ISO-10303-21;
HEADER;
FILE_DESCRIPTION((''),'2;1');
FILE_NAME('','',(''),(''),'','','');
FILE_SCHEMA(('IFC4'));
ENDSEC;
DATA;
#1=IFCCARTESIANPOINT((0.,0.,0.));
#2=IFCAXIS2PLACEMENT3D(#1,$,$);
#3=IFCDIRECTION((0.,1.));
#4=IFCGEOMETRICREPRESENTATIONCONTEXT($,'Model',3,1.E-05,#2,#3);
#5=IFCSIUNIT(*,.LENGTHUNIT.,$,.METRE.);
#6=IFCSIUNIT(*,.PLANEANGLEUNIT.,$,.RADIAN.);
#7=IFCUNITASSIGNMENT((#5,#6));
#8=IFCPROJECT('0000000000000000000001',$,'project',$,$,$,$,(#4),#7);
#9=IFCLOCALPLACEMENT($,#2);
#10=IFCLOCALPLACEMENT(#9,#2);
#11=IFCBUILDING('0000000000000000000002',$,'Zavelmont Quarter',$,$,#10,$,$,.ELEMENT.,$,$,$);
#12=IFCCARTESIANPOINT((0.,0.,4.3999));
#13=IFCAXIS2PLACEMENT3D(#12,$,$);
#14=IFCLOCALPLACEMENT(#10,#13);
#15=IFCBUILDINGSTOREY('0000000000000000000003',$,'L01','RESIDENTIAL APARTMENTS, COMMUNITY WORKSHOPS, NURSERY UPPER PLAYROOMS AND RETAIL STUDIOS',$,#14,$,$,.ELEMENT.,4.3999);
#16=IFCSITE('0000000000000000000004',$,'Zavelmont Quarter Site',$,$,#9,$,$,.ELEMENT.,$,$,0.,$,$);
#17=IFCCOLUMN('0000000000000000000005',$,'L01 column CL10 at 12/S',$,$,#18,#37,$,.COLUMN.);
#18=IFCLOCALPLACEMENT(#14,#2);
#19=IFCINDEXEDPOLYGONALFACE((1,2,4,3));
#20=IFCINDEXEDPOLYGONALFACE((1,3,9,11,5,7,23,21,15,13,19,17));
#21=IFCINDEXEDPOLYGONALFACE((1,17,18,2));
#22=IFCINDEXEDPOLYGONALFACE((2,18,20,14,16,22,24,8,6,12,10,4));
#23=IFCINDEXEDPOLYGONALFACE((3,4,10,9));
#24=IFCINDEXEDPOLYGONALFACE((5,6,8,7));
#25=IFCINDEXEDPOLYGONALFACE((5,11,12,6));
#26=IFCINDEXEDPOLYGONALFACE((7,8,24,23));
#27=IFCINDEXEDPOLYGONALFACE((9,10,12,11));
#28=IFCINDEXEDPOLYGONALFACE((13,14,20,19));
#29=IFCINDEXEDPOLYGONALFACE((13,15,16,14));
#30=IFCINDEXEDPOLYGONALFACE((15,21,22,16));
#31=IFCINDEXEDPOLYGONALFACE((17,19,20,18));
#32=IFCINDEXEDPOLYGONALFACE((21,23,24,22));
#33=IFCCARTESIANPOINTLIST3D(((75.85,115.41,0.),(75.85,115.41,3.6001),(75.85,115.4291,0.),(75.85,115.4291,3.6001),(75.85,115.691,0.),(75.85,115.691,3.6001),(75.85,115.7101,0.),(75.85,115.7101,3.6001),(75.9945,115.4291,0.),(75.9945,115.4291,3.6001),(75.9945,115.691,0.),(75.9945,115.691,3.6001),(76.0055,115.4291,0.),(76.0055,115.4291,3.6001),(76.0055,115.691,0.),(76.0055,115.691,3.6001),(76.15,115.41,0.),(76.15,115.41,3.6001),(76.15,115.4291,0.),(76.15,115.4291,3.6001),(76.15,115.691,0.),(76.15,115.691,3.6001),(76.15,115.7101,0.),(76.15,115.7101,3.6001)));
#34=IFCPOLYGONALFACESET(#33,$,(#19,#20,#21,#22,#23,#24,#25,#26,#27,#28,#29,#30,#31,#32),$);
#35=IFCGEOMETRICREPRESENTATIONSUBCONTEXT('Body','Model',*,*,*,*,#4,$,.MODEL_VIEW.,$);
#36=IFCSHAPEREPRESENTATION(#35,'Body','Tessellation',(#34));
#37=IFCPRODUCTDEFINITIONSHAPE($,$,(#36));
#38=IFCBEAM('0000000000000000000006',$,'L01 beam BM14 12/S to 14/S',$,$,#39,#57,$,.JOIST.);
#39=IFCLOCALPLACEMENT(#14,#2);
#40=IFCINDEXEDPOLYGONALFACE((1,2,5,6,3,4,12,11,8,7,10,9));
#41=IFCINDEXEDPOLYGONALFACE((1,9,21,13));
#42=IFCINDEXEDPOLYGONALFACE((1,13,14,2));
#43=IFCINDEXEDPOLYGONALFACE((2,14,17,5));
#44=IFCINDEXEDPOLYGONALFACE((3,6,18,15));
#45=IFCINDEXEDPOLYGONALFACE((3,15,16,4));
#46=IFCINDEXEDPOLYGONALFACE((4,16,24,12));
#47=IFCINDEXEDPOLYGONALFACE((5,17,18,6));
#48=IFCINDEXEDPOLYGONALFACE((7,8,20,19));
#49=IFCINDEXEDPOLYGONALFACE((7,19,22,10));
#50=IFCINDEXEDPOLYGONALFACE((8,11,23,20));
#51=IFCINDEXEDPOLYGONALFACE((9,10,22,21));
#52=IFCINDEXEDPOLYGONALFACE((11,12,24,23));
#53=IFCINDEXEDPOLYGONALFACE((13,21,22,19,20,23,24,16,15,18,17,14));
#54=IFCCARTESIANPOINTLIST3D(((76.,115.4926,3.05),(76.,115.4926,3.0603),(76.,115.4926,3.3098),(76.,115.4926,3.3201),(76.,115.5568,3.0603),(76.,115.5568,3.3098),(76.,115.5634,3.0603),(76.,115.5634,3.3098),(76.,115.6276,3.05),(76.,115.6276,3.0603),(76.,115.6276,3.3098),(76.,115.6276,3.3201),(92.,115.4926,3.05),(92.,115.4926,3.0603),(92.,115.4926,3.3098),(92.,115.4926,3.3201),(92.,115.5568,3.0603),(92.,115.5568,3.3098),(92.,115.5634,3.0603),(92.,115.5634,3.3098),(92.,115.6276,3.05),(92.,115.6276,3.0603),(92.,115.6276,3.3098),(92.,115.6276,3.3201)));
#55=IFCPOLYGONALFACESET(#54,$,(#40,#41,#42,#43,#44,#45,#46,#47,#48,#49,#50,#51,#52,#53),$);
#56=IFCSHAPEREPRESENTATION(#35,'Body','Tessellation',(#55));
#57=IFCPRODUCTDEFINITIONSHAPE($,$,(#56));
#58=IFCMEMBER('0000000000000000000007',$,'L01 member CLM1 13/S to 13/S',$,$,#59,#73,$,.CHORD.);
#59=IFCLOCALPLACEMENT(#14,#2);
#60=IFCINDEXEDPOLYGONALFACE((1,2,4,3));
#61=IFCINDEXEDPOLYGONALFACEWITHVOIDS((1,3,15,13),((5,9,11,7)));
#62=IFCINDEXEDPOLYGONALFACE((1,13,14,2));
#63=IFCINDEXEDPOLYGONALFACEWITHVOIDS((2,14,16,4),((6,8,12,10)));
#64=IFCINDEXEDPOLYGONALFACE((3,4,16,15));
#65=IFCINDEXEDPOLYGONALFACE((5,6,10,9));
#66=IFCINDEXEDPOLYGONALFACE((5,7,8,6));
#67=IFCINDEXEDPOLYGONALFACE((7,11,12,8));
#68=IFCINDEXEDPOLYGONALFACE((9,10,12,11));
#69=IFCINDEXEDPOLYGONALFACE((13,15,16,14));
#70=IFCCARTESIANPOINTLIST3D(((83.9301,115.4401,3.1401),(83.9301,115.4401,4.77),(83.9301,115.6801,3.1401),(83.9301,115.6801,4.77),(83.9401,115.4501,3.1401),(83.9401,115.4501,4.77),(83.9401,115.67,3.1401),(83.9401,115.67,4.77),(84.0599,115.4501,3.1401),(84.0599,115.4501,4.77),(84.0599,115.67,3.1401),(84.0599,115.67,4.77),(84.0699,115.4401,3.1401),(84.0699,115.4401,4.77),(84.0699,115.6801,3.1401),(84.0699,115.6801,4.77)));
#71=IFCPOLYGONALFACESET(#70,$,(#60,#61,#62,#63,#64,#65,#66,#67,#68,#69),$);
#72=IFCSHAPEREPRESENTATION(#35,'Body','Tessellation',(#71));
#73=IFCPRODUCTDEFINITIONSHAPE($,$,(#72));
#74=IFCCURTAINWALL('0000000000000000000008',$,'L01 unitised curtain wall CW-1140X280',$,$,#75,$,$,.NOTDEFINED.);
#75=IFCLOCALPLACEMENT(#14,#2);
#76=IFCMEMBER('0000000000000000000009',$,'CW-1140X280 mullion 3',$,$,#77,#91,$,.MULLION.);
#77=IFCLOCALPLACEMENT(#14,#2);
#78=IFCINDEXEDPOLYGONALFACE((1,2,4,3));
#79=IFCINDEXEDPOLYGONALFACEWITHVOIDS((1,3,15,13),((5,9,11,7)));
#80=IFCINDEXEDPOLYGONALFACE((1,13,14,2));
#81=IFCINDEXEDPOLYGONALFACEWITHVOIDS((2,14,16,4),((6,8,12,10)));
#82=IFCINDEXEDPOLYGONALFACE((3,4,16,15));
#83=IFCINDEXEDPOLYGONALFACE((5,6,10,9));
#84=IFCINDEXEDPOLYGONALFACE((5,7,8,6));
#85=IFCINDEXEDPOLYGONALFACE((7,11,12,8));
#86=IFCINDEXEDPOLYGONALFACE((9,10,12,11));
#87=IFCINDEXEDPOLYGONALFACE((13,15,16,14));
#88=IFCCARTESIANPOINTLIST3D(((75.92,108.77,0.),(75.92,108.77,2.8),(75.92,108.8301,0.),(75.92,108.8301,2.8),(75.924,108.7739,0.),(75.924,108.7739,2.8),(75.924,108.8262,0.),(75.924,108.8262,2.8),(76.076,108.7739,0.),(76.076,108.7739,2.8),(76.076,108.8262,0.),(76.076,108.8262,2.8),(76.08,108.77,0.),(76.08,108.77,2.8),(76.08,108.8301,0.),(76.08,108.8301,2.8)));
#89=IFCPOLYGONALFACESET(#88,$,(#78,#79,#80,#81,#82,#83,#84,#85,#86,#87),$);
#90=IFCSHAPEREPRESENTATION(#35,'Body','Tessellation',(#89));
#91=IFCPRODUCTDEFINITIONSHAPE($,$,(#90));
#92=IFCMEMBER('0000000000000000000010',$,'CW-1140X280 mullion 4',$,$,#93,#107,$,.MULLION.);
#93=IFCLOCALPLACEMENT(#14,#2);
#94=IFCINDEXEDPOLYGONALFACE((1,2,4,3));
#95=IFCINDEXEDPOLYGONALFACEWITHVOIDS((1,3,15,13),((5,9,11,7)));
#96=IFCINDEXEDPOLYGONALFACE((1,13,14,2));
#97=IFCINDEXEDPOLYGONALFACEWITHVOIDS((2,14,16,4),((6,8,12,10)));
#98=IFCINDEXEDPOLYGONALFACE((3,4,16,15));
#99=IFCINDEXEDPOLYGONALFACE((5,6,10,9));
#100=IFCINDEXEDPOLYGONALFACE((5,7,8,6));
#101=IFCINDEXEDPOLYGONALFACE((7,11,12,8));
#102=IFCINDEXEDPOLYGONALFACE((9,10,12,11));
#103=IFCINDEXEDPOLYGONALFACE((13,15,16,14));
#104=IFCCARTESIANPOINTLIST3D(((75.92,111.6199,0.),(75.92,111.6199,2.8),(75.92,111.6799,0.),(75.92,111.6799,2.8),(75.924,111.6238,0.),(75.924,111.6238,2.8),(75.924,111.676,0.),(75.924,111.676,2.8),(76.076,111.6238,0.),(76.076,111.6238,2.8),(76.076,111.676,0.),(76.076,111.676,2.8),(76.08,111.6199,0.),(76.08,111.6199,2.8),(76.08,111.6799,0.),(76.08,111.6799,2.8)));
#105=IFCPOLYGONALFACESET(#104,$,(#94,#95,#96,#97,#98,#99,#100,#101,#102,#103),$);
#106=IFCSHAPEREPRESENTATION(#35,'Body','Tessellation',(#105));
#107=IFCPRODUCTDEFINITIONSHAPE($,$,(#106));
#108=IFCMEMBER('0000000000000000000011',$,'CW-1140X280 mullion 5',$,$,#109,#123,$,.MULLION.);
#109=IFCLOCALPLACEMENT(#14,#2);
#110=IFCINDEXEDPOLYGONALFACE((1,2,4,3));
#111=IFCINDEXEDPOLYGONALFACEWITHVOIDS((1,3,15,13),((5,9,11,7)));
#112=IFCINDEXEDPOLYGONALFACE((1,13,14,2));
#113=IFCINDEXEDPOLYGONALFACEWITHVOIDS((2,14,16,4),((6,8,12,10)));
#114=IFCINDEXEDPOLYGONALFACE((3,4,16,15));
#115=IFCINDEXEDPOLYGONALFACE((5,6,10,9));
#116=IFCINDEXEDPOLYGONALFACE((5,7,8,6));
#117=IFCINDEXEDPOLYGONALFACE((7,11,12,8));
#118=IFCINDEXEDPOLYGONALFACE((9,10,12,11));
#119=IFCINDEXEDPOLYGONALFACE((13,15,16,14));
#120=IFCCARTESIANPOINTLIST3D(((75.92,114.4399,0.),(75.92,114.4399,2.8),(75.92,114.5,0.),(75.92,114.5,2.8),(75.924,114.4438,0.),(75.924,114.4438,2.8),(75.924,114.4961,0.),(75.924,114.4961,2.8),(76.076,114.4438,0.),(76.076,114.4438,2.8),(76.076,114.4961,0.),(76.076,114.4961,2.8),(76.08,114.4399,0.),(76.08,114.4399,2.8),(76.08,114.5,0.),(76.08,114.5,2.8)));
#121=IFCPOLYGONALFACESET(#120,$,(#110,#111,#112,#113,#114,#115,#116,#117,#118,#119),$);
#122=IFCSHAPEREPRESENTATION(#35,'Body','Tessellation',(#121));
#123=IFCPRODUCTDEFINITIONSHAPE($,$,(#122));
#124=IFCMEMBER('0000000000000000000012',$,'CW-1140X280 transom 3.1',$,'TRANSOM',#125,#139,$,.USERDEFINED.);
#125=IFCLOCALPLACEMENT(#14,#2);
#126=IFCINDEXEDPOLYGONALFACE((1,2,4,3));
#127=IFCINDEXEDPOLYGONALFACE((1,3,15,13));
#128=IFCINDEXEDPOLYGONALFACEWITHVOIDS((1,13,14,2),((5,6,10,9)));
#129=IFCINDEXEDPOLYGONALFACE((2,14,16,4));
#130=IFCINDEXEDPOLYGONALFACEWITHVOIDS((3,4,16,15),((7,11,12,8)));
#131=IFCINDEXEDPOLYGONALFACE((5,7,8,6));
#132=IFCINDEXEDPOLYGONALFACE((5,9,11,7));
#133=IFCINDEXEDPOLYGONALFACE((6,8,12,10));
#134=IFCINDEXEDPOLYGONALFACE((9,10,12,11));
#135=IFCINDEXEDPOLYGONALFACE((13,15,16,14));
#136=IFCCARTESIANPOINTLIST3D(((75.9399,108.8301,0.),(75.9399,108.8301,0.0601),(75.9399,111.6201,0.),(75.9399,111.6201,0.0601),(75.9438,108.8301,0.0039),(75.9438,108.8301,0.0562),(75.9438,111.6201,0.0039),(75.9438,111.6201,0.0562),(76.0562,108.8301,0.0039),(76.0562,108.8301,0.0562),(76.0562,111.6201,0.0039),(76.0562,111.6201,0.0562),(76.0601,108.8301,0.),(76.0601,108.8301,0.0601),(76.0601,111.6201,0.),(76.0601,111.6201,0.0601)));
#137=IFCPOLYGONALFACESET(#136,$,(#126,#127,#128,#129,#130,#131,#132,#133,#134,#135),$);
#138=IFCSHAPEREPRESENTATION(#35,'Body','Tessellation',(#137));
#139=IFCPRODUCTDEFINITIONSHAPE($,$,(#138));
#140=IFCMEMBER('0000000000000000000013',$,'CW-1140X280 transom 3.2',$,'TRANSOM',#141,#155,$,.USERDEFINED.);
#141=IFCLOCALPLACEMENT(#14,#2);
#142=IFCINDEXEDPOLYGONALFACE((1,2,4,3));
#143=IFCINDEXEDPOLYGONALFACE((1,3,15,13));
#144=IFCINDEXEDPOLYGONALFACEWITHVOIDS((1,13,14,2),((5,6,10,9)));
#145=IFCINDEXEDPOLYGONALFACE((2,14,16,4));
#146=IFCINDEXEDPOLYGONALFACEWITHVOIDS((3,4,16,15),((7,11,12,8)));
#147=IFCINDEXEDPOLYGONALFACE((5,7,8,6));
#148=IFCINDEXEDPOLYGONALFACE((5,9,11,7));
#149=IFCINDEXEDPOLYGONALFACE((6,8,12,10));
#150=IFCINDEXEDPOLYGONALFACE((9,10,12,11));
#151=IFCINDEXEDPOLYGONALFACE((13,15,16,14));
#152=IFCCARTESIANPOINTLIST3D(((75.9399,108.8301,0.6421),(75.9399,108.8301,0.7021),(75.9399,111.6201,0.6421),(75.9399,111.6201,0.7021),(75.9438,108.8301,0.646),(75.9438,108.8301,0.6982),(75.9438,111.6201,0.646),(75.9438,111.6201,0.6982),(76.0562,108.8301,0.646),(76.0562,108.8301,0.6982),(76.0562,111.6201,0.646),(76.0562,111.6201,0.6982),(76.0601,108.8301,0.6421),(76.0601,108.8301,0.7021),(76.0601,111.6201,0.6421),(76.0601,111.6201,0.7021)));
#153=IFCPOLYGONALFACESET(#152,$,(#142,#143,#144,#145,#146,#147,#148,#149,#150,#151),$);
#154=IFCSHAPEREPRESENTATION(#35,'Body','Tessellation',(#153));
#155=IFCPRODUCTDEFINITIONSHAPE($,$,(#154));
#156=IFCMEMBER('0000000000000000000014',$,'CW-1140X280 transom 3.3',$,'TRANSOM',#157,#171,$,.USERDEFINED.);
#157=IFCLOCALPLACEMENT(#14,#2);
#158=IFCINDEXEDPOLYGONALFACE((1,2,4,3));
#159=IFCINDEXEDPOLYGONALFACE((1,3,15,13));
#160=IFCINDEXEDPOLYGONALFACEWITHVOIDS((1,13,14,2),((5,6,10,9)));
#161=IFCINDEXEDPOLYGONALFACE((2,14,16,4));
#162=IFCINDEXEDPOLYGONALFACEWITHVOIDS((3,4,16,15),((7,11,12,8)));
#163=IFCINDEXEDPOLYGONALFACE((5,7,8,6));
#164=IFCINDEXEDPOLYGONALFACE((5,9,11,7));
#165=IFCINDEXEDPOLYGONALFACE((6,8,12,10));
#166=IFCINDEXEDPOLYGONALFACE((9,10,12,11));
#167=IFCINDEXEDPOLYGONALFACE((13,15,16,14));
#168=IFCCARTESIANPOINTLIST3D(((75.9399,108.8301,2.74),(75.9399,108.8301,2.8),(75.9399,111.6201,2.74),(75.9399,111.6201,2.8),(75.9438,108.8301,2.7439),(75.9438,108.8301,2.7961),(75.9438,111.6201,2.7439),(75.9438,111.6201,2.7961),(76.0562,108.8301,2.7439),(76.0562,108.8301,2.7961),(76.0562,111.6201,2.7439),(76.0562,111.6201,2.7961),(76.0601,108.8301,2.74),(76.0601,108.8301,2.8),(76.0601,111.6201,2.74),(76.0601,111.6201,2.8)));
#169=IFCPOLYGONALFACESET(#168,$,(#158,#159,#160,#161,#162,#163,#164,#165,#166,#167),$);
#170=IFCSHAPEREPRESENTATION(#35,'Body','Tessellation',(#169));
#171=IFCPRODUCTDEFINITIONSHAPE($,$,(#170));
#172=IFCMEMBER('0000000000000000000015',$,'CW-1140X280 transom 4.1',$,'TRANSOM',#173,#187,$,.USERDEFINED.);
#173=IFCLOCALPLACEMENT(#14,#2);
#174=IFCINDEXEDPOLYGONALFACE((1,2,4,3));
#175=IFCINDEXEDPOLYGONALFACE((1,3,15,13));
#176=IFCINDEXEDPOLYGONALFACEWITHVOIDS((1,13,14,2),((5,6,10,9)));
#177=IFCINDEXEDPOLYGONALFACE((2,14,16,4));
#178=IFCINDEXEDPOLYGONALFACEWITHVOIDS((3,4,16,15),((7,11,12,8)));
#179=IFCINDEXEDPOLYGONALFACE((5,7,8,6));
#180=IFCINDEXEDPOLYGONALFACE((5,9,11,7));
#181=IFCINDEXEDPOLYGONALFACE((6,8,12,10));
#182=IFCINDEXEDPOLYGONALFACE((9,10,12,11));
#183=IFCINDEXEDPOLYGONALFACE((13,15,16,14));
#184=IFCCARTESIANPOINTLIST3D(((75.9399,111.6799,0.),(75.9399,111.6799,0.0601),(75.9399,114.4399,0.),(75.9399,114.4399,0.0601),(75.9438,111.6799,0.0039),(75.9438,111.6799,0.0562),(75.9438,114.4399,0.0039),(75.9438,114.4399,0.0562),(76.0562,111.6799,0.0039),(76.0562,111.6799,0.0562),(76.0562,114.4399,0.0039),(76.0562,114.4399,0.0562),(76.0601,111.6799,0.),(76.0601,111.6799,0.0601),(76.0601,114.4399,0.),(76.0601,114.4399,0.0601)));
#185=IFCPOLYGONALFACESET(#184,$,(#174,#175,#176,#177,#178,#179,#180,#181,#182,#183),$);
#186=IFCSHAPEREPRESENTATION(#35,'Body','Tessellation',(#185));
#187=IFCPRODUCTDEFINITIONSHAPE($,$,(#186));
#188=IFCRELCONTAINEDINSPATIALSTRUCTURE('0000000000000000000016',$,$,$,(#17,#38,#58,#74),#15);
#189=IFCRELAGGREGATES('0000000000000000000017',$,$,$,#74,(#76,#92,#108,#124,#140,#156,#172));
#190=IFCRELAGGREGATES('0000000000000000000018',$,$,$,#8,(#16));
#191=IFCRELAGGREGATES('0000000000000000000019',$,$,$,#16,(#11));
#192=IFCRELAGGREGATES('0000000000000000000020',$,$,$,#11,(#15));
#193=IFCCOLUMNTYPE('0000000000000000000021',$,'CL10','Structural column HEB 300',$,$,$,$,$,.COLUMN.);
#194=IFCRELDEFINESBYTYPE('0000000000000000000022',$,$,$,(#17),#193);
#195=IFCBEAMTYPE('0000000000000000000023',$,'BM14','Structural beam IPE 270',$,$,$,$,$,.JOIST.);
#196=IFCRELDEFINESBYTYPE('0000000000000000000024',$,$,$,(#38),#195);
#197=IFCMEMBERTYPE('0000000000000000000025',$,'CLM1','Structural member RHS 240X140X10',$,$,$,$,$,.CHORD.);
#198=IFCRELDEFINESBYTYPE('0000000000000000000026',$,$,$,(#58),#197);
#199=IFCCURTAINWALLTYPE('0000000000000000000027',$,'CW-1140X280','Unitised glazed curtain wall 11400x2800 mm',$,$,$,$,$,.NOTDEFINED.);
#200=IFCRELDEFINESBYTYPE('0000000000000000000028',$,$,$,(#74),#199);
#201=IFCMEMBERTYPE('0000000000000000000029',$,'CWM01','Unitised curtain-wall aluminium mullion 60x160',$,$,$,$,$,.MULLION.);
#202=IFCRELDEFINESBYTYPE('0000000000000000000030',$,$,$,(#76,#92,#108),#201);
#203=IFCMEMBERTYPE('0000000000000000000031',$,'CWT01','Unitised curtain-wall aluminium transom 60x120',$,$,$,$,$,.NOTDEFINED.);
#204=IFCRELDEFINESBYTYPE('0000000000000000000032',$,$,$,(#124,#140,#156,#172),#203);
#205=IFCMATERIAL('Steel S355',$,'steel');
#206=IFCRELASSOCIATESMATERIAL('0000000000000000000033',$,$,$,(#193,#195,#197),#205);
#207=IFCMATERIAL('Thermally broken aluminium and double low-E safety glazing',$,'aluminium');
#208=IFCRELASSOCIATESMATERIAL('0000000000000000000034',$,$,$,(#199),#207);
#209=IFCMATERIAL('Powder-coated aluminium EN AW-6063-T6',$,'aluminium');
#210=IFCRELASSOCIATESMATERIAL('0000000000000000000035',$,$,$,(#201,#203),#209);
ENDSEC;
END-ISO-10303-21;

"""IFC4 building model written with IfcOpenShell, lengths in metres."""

from ifc_helpers import new_model, si_unit, direction, frame, origin, origin_2d, place, context, subcontext, project, spatial, hollow_rectangle, i_section, extrude, material, material_profile, profile_set, type_object, element, aggregate, save


model = new_model("IFC4")

# Units and contexts
model_context = context("Model", 3, precision=1e-05, world=origin(), true_north=direction((0.0, 1.0)))
body_context = subcontext(model_context, "Body", "Model", "MODEL_VIEW")
ifc_project = project(units=[si_unit("LENGTHUNIT", "METRE"), si_unit("PLANEANGLEUNIT", "RADIAN")], contexts=[model_context])

# Site, building, storey
site_placement = place(None, origin())
site = spatial("IfcSite", under=ifc_project, at=site_placement, Name="Zavelmont Quarter Site", CompositionType="ELEMENT", RefElevation=0.0)
building_placement = place(site_placement, origin())
building = spatial("IfcBuilding", under=site, at=building_placement, Name="Zavelmont Quarter", CompositionType="ELEMENT")
storey_placement = place(building_placement, frame((0.0, 0.0, 4.3999)))
storey = spatial("IfcBuildingStorey", under=building, at=storey_placement, Name="L01", Description="RESIDENTIAL APARTMENTS, COMMUNITY WORKSHOPS, NURSERY UPPER PLAYROOMS AND RETAIL STUDIOS", CompositionType="ELEMENT", Elevation=4.3999)

# Column
ifc_material_1 = material(Name="Steel S355", Category="steel")
ifc_material_profile_1 = material_profile(ifc_material_1, i_section(OverallWidth=0.3, OverallDepth=0.3, WebThickness=0.011, FlangeThickness=0.019, at=origin_2d()), Name="HEB 300")
ifc_profile_set_1 = profile_set([ifc_material_profile_1], Name="Steel S355")
column_type = type_object("IfcColumnType", Name="CL10", Description="Structural column HEB 300", PredefinedType="COLUMN", material=ifc_profile_set_1)
column_placement = place(storey_placement, frame((76.0, 115.5601, 0.0), z_axis=(0.0, 0.0, 1.0), x_axis=(1.0, 0.0, 0.0)))
element("IfcColumn", 1, at=column_placement, inside=storey, type_object=column_type, Name="L01 column CL10 at 12/S", PredefinedType="COLUMN", context=body_context, shape_type="SweptSolid", body=[
    extrude(i_section(OverallWidth=0.3, OverallDepth=0.3, WebThickness=0.011, FlangeThickness=0.019, at=origin_2d()), origin(), (0.0, 0.0, 1.0), 3.6001),
])

# Beam
ifc_material_profile_2 = material_profile(ifc_material_1, i_section(OverallWidth=0.135, OverallDepth=0.27, WebThickness=0.0066, FlangeThickness=0.0103, at=origin_2d()), Name="IPE 270")
ifc_profile_set_2 = profile_set([ifc_material_profile_2], Name="Steel S355")
beam_type = type_object("IfcBeamType", Name="BM14", Description="Structural beam IPE 270", PredefinedType="JOIST", material=ifc_profile_set_2)
beam_placement = place(storey_placement, frame((76.0, 115.5601, 3.1851), z_axis=(1.0, 0.0, 0.0), x_axis=(0.0, 1.0, 0.0)))
element("IfcBeam", 2, at=beam_placement, inside=storey, type_object=beam_type, Name="L01 beam BM14 12/S to 14/S", PredefinedType="JOIST", context=body_context, shape_type="SweptSolid", body=[
    extrude(i_section(OverallWidth=0.135, OverallDepth=0.27, WebThickness=0.0066, FlangeThickness=0.0103, at=origin_2d()), origin(), (0.0, 0.0, 1.0), 16.0),
])

# Member
ifc_material_profile_3 = material_profile(ifc_material_1, hollow_rectangle(XDim=0.1399, YDim=0.24, WallThickness=0.01, at=origin_2d()), Name="RHS 240X140X10")
ifc_profile_set_3 = profile_set([ifc_material_profile_3], Name="Steel S355")
member_type_1 = type_object("IfcMemberType", Name="CLM1", Description="Structural member RHS 240X140X10", PredefinedType="CHORD", material=ifc_profile_set_3)
member_1_placement = place(storey_placement, frame((84.0, 115.5601, 3.1401), z_axis=(0.0, 0.0, 1.0), x_axis=(1.0, 0.0, 0.0)))
element("IfcMember", 3, at=member_1_placement, inside=storey, type_object=member_type_1, Name="L01 member CLM1 13/S to 13/S", PredefinedType="CHORD", context=body_context, shape_type="SweptSolid", body=[
    extrude(hollow_rectangle(XDim=0.1399, YDim=0.24, WallThickness=0.01, at=origin_2d()), origin(), (0.0, 0.0, 1.0), 1.6299),
])

# Curtain wall, members
ifc_material_2 = material(Name="Thermally broken aluminium and double low-E safety glazing", Category="aluminium")
curtain_wall_type = type_object("IfcCurtainWallType", Name="CW-1140X280", Description="Unitised glazed curtain wall 11400x2800 mm", PredefinedType="NOTDEFINED", material=ifc_material_2)
curtain_wall_placement = place(storey_placement, origin())
curtain_wall = element("IfcCurtainWall", 4, at=curtain_wall_placement, inside=storey, type_object=curtain_wall_type, Name="L01 unitised curtain wall CW-1140X280", PredefinedType="NOTDEFINED")
ifc_material_3 = material(Name="Powder-coated aluminium EN AW-6063-T6", Category="aluminium")
ifc_material_profile_4 = material_profile(ifc_material_3, hollow_rectangle(XDim=0.0601, YDim=0.1599, WallThickness=0.0039, at=origin_2d()), Name="CWM60X160")
ifc_profile_set_4 = profile_set([ifc_material_profile_4], Name="Powder-coated aluminium EN AW-6063-T6")
member_type_2 = type_object("IfcMemberType", Name="CWM01", Description="Unitised curtain-wall aluminium mullion 60x160", PredefinedType="MULLION", material=ifc_profile_set_4)
member_2_placement = place(storey_placement, frame((76.0, 108.8, 0.0), z_axis=(0.0, 0.0, 1.0), x_axis=(0.0, 1.0, 0.0)))
member_2 = element("IfcMember", 5, at=member_2_placement, type_object=member_type_2, Name="CW-1140X280 mullion 3", PredefinedType="MULLION", context=body_context, shape_type="SweptSolid", body=[
    extrude(hollow_rectangle(XDim=0.0601, YDim=0.1599, WallThickness=0.0039, at=origin_2d()), origin(), (0.0, 0.0, 1.0), 2.8),
])
member_3_placement = place(storey_placement, frame((76.0, 111.6499, 0.0), z_axis=(0.0, 0.0, 1.0), x_axis=(0.0, 1.0, 0.0)))
member_3 = element("IfcMember", 6, at=member_3_placement, type_object=member_type_2, Name="CW-1140X280 mullion 4", PredefinedType="MULLION", context=body_context, shape_type="SweptSolid", body=[
    extrude(hollow_rectangle(XDim=0.0601, YDim=0.1599, WallThickness=0.0039, at=origin_2d()), origin(), (0.0, 0.0, 1.0), 2.8),
])
member_4_placement = place(storey_placement, frame((76.0, 114.47, 0.0), z_axis=(0.0, 0.0, 1.0), x_axis=(0.0, 1.0, 0.0)))
member_4 = element("IfcMember", 7, at=member_4_placement, type_object=member_type_2, Name="CW-1140X280 mullion 5", PredefinedType="MULLION", context=body_context, shape_type="SweptSolid", body=[
    extrude(hollow_rectangle(XDim=0.0601, YDim=0.1599, WallThickness=0.0039, at=origin_2d()), origin(), (0.0, 0.0, 1.0), 2.8),
])
ifc_material_profile_5 = material_profile(ifc_material_3, hollow_rectangle(XDim=0.1201, YDim=0.0601, WallThickness=0.0039, at=origin_2d()), Name="CWT60X120")
ifc_profile_set_5 = profile_set([ifc_material_profile_5], Name="Powder-coated aluminium EN AW-6063-T6")
member_type_3 = type_object("IfcMemberType", Name="CWT01", Description="Unitised curtain-wall aluminium transom 60x120", PredefinedType="NOTDEFINED", material=ifc_profile_set_5)
member_5_placement = place(storey_placement, frame((76.0, 108.8301, 0.03), z_axis=(0.0, 1.0, 0.0), x_axis=(-1.0, 0.0, 0.0)))
member_5 = element("IfcMember", 8, at=member_5_placement, type_object=member_type_3, Name="CW-1140X280 transom 3.1", ObjectType="TRANSOM", PredefinedType="USERDEFINED", context=body_context, shape_type="SweptSolid", body=[
    extrude(hollow_rectangle(XDim=0.1201, YDim=0.0601, WallThickness=0.0039, at=origin_2d()), origin(), (0.0, 0.0, 1.0), 2.79),
])
member_6_placement = place(storey_placement, frame((76.0, 108.8301, 0.6721), z_axis=(0.0, 1.0, 0.0), x_axis=(-1.0, 0.0, 0.0)))
member_6 = element("IfcMember", 9, at=member_6_placement, type_object=member_type_3, Name="CW-1140X280 transom 3.2", ObjectType="TRANSOM", PredefinedType="USERDEFINED", context=body_context, shape_type="SweptSolid", body=[
    extrude(hollow_rectangle(XDim=0.1201, YDim=0.0601, WallThickness=0.0039, at=origin_2d()), origin(), (0.0, 0.0, 1.0), 2.79),
])
member_7_placement = place(storey_placement, frame((76.0, 108.8301, 2.77), z_axis=(0.0, 1.0, 0.0), x_axis=(-1.0, 0.0, 0.0)))
member_7 = element("IfcMember", 10, at=member_7_placement, type_object=member_type_3, Name="CW-1140X280 transom 3.3", ObjectType="TRANSOM", PredefinedType="USERDEFINED", context=body_context, shape_type="SweptSolid", body=[
    extrude(hollow_rectangle(XDim=0.1201, YDim=0.0601, WallThickness=0.0039, at=origin_2d()), origin(), (0.0, 0.0, 1.0), 2.79),
])
member_8_placement = place(storey_placement, frame((76.0, 111.6799, 0.03), z_axis=(0.0, 1.0, 0.0), x_axis=(-1.0, 0.0, 0.0)))
member_8 = element("IfcMember", 11, at=member_8_placement, type_object=member_type_3, Name="CW-1140X280 transom 4.1", ObjectType="TRANSOM", PredefinedType="USERDEFINED", context=body_context, shape_type="SweptSolid", body=[
    extrude(hollow_rectangle(XDim=0.1201, YDim=0.0601, WallThickness=0.0039, at=origin_2d()), origin(), (0.0, 0.0, 1.0), 2.76),
])

aggregate(curtain_wall, [member_2, member_3, member_4, member_5, member_6, member_7, member_8])

save(model, "model.ifc")
